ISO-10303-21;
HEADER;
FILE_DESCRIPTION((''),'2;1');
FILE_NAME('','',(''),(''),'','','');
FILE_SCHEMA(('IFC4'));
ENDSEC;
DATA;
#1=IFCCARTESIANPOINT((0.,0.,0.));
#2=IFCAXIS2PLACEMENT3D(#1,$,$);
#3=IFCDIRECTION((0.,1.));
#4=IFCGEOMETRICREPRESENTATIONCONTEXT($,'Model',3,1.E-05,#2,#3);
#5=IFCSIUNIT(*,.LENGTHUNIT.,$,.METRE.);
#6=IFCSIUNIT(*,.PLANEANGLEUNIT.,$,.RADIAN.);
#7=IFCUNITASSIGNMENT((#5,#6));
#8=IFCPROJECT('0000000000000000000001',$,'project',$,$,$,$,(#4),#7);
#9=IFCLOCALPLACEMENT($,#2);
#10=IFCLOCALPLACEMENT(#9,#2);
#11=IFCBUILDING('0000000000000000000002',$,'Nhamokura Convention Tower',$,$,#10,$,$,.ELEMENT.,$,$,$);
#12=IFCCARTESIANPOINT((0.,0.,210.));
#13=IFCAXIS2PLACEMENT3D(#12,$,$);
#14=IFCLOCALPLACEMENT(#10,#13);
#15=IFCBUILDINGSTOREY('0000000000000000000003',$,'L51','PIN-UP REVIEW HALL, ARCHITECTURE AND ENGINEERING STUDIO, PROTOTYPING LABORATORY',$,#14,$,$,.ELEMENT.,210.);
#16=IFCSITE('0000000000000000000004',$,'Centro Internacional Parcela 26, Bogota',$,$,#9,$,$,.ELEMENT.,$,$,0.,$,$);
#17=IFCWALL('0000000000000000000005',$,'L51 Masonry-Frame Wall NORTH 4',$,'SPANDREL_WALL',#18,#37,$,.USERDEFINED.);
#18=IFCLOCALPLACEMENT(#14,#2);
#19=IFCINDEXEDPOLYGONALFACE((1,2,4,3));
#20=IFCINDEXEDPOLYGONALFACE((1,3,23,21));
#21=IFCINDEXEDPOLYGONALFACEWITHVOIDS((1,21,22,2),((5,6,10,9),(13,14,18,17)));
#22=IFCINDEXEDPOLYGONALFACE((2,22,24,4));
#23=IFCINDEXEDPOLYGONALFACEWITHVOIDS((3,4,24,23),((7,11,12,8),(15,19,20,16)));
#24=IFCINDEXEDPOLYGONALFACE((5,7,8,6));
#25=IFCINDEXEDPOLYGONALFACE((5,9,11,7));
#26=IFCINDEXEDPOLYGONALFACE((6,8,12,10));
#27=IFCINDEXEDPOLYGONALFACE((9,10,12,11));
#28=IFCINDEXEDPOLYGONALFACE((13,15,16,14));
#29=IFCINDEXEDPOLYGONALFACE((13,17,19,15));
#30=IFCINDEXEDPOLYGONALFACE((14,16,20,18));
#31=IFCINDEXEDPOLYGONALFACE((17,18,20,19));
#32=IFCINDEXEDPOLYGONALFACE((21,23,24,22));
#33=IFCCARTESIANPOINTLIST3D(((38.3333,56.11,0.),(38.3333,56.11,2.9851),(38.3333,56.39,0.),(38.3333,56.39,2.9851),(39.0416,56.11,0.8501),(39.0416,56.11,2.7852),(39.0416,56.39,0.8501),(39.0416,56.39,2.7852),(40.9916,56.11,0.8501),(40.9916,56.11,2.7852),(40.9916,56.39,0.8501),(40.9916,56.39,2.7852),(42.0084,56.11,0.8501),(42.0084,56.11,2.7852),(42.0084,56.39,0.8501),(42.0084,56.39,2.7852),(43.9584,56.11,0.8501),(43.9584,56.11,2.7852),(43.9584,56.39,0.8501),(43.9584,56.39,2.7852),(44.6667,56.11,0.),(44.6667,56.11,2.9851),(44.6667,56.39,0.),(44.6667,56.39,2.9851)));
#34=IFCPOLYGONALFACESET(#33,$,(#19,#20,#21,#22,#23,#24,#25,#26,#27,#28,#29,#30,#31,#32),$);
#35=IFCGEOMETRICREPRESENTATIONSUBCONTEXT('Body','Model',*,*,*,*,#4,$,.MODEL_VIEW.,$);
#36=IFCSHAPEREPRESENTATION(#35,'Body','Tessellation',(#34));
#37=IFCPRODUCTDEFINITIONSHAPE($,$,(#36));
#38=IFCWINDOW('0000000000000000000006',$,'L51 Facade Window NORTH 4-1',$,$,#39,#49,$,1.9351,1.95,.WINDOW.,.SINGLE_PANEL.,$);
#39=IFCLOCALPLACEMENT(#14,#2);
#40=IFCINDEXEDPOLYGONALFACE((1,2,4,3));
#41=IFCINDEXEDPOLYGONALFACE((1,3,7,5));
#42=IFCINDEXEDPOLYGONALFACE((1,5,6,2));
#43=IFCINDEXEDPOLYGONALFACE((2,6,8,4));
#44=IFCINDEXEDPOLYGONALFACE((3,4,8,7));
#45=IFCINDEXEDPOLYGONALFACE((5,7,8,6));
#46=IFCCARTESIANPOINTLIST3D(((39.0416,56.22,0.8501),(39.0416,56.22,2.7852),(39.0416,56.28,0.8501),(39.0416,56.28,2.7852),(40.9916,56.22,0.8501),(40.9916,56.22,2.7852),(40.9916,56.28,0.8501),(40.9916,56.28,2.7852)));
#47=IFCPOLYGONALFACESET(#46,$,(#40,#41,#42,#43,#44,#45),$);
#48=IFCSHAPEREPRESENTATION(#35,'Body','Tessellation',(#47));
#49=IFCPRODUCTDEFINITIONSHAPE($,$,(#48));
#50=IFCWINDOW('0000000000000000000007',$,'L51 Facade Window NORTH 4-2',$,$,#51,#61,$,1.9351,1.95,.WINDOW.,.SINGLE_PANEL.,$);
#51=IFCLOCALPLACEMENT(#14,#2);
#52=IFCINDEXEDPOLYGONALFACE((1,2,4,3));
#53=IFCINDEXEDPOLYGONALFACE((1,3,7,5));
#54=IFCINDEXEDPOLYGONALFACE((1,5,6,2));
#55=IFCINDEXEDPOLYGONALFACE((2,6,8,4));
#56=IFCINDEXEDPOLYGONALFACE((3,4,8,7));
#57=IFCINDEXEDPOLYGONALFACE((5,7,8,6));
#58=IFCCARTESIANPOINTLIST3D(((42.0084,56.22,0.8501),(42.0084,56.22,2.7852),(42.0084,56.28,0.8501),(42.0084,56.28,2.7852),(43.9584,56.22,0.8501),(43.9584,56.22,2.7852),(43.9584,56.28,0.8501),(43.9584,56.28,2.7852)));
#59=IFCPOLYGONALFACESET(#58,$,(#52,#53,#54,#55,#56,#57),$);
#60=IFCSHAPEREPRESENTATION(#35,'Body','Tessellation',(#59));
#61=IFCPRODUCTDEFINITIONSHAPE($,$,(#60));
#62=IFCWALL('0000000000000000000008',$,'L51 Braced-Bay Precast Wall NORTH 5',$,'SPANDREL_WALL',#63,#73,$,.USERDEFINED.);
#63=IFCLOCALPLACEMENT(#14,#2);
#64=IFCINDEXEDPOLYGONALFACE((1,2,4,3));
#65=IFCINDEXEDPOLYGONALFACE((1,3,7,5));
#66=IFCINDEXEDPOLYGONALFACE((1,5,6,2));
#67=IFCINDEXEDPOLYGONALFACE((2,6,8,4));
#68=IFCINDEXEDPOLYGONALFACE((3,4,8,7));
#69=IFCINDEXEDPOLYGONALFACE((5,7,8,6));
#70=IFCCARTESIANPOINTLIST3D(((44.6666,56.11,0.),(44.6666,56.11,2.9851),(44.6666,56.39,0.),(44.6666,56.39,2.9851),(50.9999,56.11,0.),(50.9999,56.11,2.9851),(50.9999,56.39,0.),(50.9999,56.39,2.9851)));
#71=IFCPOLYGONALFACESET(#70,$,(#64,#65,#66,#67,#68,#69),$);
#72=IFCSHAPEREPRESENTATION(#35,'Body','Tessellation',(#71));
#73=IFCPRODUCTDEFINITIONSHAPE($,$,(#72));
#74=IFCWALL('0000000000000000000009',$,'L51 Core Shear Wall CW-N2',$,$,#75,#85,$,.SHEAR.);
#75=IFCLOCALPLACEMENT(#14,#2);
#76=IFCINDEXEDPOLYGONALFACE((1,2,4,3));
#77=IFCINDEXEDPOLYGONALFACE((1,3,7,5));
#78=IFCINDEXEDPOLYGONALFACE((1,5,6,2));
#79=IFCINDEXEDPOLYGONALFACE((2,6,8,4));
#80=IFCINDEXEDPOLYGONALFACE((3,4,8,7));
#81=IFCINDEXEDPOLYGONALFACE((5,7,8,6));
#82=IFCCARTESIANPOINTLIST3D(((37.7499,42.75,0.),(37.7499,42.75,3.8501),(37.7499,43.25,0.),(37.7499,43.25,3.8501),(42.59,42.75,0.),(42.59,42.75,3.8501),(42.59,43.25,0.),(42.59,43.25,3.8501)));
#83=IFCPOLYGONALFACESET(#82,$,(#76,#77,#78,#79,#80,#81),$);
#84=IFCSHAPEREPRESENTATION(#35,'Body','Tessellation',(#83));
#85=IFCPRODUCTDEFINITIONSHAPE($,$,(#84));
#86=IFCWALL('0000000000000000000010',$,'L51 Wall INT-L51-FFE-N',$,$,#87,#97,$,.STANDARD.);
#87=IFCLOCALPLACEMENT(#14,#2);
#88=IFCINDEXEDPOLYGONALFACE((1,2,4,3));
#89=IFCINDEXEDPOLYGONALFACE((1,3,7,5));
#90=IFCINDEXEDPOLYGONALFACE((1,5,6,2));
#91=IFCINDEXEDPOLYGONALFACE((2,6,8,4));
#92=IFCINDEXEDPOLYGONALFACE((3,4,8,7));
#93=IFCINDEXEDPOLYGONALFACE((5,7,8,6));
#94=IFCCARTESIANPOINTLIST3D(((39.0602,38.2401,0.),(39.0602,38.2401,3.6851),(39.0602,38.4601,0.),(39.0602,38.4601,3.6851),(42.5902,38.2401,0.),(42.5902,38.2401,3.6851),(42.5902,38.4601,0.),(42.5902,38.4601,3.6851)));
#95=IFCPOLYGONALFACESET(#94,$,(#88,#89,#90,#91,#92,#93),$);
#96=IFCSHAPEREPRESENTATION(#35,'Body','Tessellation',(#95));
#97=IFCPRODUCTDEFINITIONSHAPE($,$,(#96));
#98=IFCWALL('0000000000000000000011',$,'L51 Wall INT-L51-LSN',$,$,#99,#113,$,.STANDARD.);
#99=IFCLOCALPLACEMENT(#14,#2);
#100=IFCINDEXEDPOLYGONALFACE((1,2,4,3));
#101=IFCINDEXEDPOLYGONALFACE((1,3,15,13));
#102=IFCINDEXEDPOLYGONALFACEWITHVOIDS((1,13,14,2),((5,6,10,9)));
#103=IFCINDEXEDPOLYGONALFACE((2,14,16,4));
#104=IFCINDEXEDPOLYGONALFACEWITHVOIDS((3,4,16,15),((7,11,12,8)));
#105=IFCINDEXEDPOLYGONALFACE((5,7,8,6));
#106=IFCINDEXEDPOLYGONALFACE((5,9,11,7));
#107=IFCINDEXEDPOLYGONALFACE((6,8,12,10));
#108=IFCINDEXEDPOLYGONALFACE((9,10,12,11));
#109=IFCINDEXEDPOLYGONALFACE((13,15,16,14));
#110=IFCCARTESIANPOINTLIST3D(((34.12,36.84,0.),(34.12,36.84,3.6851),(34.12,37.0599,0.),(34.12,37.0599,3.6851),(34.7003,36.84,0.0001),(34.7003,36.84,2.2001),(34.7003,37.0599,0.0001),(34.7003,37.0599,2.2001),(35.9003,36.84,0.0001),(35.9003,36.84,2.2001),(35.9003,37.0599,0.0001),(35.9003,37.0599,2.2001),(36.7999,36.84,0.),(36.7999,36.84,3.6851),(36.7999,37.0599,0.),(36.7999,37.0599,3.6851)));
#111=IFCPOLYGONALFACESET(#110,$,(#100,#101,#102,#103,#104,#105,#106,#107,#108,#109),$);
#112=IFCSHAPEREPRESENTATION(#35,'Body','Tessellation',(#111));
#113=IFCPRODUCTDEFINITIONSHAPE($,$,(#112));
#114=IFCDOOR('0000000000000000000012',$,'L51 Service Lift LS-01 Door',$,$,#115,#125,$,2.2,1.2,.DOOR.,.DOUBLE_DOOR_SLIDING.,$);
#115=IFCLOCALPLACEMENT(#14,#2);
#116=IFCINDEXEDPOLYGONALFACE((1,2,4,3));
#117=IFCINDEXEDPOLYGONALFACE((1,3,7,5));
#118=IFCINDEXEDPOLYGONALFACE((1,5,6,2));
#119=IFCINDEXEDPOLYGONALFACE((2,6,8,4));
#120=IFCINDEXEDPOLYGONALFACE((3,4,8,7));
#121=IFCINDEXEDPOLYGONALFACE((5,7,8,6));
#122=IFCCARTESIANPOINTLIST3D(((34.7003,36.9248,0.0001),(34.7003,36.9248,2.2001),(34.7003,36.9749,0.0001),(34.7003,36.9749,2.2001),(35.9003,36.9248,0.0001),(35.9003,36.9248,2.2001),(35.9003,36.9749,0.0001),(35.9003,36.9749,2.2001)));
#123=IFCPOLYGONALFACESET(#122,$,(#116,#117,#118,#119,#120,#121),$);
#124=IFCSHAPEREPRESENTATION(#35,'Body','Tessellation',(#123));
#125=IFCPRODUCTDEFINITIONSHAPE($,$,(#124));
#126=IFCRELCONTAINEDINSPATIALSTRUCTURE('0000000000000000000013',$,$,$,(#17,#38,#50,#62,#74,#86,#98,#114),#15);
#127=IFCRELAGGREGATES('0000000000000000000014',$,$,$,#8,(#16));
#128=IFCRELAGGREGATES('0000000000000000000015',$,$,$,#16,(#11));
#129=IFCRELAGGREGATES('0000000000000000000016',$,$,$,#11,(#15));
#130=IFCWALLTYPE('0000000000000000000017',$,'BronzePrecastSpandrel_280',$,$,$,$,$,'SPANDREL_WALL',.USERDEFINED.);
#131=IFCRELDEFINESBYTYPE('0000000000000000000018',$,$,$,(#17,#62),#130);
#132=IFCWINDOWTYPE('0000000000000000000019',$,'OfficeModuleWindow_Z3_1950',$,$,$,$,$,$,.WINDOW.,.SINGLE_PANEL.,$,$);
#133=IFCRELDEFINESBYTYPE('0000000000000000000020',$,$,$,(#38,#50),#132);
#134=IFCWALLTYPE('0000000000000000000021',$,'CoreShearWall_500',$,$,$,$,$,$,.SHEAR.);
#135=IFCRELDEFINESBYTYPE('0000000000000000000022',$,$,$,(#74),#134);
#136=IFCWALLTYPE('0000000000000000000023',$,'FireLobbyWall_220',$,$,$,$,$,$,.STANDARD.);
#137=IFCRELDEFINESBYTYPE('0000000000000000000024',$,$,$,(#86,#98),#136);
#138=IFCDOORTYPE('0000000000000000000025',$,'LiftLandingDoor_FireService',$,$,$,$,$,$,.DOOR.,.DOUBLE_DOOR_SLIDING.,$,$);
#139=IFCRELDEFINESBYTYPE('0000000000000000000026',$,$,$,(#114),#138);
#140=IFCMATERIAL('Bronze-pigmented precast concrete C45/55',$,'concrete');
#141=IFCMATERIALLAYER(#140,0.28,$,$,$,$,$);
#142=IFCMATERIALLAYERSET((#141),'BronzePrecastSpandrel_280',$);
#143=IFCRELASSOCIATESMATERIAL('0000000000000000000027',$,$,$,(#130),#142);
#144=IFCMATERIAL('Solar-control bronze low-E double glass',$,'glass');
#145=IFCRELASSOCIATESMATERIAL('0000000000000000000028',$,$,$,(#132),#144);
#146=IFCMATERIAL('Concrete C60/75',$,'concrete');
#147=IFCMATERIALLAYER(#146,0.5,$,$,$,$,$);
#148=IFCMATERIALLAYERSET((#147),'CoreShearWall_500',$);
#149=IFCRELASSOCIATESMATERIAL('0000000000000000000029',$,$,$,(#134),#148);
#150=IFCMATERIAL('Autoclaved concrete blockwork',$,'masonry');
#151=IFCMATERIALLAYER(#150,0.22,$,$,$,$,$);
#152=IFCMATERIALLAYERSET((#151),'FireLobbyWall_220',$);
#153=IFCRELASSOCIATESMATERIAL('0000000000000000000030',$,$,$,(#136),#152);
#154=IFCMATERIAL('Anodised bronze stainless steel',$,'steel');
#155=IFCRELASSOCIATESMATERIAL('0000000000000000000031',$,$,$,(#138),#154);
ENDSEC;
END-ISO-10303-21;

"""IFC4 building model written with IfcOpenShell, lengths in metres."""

from ifc_helpers import new_model, si_unit, direction, frame, frame_2d, origin, place, context, subcontext, project, spatial, rectangle, extrude, material, layer, layer_set, type_object, element, fill, save


model = new_model("IFC4")

# Units and contexts
model_context = context("Model", 3, precision=1e-05, world=origin(), true_north=direction((0.0, 1.0)))
body_context = subcontext(model_context, "Body", "Model", "MODEL_VIEW")
ifc_project = project(units=[si_unit("LENGTHUNIT", "METRE"), si_unit("PLANEANGLEUNIT", "RADIAN")], contexts=[model_context])

# Site, building, storey
site_placement = place(None, origin())
site = spatial("IfcSite", under=ifc_project, at=site_placement, Name="Centro Internacional Parcela 26, Bogota", CompositionType="ELEMENT", RefElevation=0.0)
building_placement = place(site_placement, origin())
building = spatial("IfcBuilding", under=site, at=building_placement, Name="Nhamokura Convention Tower", CompositionType="ELEMENT")
storey_placement = place(building_placement, frame((0.0, 0.0, 210.0)))
storey = spatial("IfcBuildingStorey", under=building, at=storey_placement, Name="L51", Description="PIN-UP REVIEW HALL, ARCHITECTURE AND ENGINEERING STUDIO, PROTOTYPING LABORATORY", CompositionType="ELEMENT", Elevation=210.0)

# Wall, openings, windows
ifc_material_1 = material(Name="Bronze-pigmented precast concrete C45/55", Category="concrete")
ifc_layer_1 = layer(ifc_material_1, 0.28)
ifc_layer_set_1 = layer_set([ifc_layer_1], Name="BronzePrecastSpandrel_280")
wall_type_1 = type_object("IfcWallType", Name="BronzePrecastSpandrel_280", ElementType="SPANDREL_WALL", PredefinedType="USERDEFINED", material=ifc_layer_set_1)
wall_1_placement = place(storey_placement, frame((38.3333, 56.25, 0.0), z_axis=(0.0, 0.0, 1.0), x_axis=(1.0, 0.0, 0.0)))
wall_1 = element("IfcWall", 1, at=wall_1_placement, inside=storey, type_object=wall_type_1, Name="L51 Masonry-Frame Wall NORTH 4", ObjectType="SPANDREL_WALL", PredefinedType="USERDEFINED", context=body_context, shape_type="SweptSolid", body=[
    extrude(rectangle(XDim=6.3335, YDim=0.28, at=frame_2d((3.1667, 0.0))), origin(), (0.0, 0.0, 1.0), 2.9851),
])
opening_1_placement = place(wall_1_placement, frame((0.7083, 0.0, 0.8501)))
opening_1 = element("IfcOpeningElement", 2, at=opening_1_placement, cuts=wall_1, PredefinedType="OPENING", context=body_context, shape_type="SweptSolid", body=[
    extrude(rectangle(XDim=1.95, YDim=1.9351, at=frame_2d((0.9751, 0.9675))), frame((0.0, 0.1499, 0.0), z_axis=(0.0, -1.0, 0.0), x_axis=(1.0, 0.0, 0.0)), (0.0, 0.0, 1.0), 0.3),
])
opening_2_placement = place(wall_1_placement, frame((3.675, 0.0, 0.8501)))
opening_2 = element("IfcOpeningElement", 3, at=opening_2_placement, cuts=wall_1, PredefinedType="OPENING", context=body_context, shape_type="SweptSolid", body=[
    extrude(rectangle(XDim=1.95, YDim=1.9351, at=frame_2d((0.9751, 0.9675))), frame((0.0, 0.1499, 0.0), z_axis=(0.0, -1.0, 0.0), x_axis=(1.0, 0.0, 0.0)), (0.0, 0.0, 1.0), 0.3),
])
ifc_material_2 = material(Name="Solar-control bronze low-E double glass", Category="glass")
window_type = type_object("IfcWindowType", Name="OfficeModuleWindow_Z3_1950", PartitioningType="SINGLE_PANEL", PredefinedType="WINDOW", material=ifc_material_2)
window_1_placement = place(opening_1_placement, origin())
window_1 = element("IfcWindow", 4, at=window_1_placement, inside=storey, type_object=window_type, Name="L51 Facade Window NORTH 4-1", OverallHeight=1.9351, OverallWidth=1.95, PartitioningType="SINGLE_PANEL", PredefinedType="WINDOW", context=body_context, shape_type="SweptSolid", body=[
    extrude(rectangle(XDim=1.95, YDim=1.9351, at=frame_2d((0.9751, 0.9675))), frame((0.0, 0.03, 0.0), z_axis=(0.0, -1.0, 0.0), x_axis=(1.0, 0.0, 0.0)), (0.0, 0.0, 1.0), 0.0601),
])
fill(opening_1, window_1)
window_2_placement = place(opening_2_placement, origin())
window_2 = element("IfcWindow", 5, at=window_2_placement, inside=storey, type_object=window_type, Name="L51 Facade Window NORTH 4-2", OverallHeight=1.9351, OverallWidth=1.95, PartitioningType="SINGLE_PANEL", PredefinedType="WINDOW", context=body_context, shape_type="SweptSolid", body=[
    extrude(rectangle(XDim=1.95, YDim=1.9351, at=frame_2d((0.9751, 0.9675))), frame((0.0, 0.03, 0.0), z_axis=(0.0, -1.0, 0.0), x_axis=(1.0, 0.0, 0.0)), (0.0, 0.0, 1.0), 0.0601),
])
fill(opening_2, window_2)

# Walls
wall_2_placement = place(storey_placement, frame((44.6667, 56.25, 0.0), z_axis=(0.0, 0.0, 1.0), x_axis=(1.0, 0.0, 0.0)))
element("IfcWall", 6, at=wall_2_placement, inside=storey, type_object=wall_type_1, Name="L51 Braced-Bay Precast Wall NORTH 5", ObjectType="SPANDREL_WALL", PredefinedType="USERDEFINED", context=body_context, shape_type="SweptSolid", body=[
    extrude(rectangle(XDim=6.3333, YDim=0.28, at=frame_2d((3.1665, 0.0))), origin(), (0.0, 0.0, 1.0), 2.9851),
])
ifc_material_3 = material(Name="Concrete C60/75", Category="concrete")
ifc_layer_2 = layer(ifc_material_3, 0.5)
ifc_layer_set_2 = layer_set([ifc_layer_2], Name="CoreShearWall_500")
wall_type_2 = type_object("IfcWallType", Name="CoreShearWall_500", PredefinedType="SHEAR", material=ifc_layer_set_2)
wall_3_placement = place(storey_placement, frame((37.75, 43.0, 0.0), z_axis=(0.0, 0.0, 1.0), x_axis=(1.0, 0.0, 0.0)))
element("IfcWall", 7, at=wall_3_placement, inside=storey, type_object=wall_type_2, Name="L51 Core Shear Wall CW-N2", PredefinedType="SHEAR", context=body_context, shape_type="SweptSolid", body=[
    extrude(rectangle(XDim=4.8401, YDim=0.5, at=frame_2d((2.4199, 0.0))), origin(), (0.0, 0.0, 1.0), 3.8501),
])
ifc_material_4 = material(Name="Autoclaved concrete blockwork", Category="masonry")
ifc_layer_3 = layer(ifc_material_4, 0.22)
ifc_layer_set_3 = layer_set([ifc_layer_3], Name="FireLobbyWall_220")
wall_type_3 = type_object("IfcWallType", Name="FireLobbyWall_220", PredefinedType="STANDARD", material=ifc_layer_set_3)
wall_4_placement = place(storey_placement, frame((39.0601, 38.3501, 0.0), z_axis=(0.0, 0.0, 1.0), x_axis=(1.0, 0.0, 0.0)))
element("IfcWall", 8, at=wall_4_placement, inside=storey, type_object=wall_type_3, Name="L51 Wall INT-L51-FFE-N", PredefinedType="STANDARD", context=body_context, shape_type="SweptSolid", body=[
    extrude(rectangle(XDim=3.53, YDim=0.22, at=frame_2d((1.7651, 0.0))), origin(), (0.0, 0.0, 1.0), 3.6851),
])

# Wall, opening, door
wall_5_placement = place(storey_placement, frame((34.1201, 36.95, 0.0), z_axis=(0.0, 0.0, 1.0), x_axis=(1.0, 0.0, 0.0)))
wall_5 = element("IfcWall", 9, at=wall_5_placement, inside=storey, type_object=wall_type_3, Name="L51 Wall INT-L51-LSN", PredefinedType="STANDARD", context=body_context, shape_type="SweptSolid", body=[
    extrude(rectangle(XDim=2.6799, YDim=0.22, at=frame_2d((1.3398, 0.0))), origin(), (0.0, 0.0, 1.0), 3.6851),
])
opening_3_placement = place(wall_5_placement, frame((0.5801, 0.0, 0.0)))
opening_3 = element("IfcOpeningElement", 10, at=opening_3_placement, cuts=wall_5, PredefinedType="OPENING", context=body_context, shape_type="SweptSolid", body=[
    extrude(rectangle(XDim=1.2, YDim=2.2, at=frame_2d((0.6001, 1.1001))), frame((0.0, 0.1199, 0.0), z_axis=(0.0, -1.0, 0.0), x_axis=(1.0, 0.0, 0.0)), (0.0, 0.0, 1.0), 0.24),
])
ifc_material_5 = material(Name="Anodised bronze stainless steel", Category="steel")
door_type_1 = type_object("IfcDoorType", Name="LiftLandingDoor_FireService", OperationType="DOUBLE_DOOR_SLIDING", PredefinedType="DOOR", material=ifc_material_5)
door_1_placement = place(opening_3_placement, origin())
door_1 = element("IfcDoor", 11, at=door_1_placement, inside=storey, type_object=door_type_1, Name="L51 Service Lift LS-01 Door", OperationType="DOUBLE_DOOR_SLIDING", OverallHeight=2.2, OverallWidth=1.2, PredefinedType="DOOR", context=body_context, shape_type="SweptSolid", body=[
    extrude(rectangle(XDim=1.2, YDim=2.2, at=frame_2d((0.6001, 1.1001))), frame((0.0, 0.0249, 0.0), z_axis=(0.0, -1.0, 0.0), x_axis=(1.0, 0.0, 0.0)), (0.0, 0.0, 1.0), 0.05),
])
fill(opening_3, door_1)

save(model, "model.ifc")
